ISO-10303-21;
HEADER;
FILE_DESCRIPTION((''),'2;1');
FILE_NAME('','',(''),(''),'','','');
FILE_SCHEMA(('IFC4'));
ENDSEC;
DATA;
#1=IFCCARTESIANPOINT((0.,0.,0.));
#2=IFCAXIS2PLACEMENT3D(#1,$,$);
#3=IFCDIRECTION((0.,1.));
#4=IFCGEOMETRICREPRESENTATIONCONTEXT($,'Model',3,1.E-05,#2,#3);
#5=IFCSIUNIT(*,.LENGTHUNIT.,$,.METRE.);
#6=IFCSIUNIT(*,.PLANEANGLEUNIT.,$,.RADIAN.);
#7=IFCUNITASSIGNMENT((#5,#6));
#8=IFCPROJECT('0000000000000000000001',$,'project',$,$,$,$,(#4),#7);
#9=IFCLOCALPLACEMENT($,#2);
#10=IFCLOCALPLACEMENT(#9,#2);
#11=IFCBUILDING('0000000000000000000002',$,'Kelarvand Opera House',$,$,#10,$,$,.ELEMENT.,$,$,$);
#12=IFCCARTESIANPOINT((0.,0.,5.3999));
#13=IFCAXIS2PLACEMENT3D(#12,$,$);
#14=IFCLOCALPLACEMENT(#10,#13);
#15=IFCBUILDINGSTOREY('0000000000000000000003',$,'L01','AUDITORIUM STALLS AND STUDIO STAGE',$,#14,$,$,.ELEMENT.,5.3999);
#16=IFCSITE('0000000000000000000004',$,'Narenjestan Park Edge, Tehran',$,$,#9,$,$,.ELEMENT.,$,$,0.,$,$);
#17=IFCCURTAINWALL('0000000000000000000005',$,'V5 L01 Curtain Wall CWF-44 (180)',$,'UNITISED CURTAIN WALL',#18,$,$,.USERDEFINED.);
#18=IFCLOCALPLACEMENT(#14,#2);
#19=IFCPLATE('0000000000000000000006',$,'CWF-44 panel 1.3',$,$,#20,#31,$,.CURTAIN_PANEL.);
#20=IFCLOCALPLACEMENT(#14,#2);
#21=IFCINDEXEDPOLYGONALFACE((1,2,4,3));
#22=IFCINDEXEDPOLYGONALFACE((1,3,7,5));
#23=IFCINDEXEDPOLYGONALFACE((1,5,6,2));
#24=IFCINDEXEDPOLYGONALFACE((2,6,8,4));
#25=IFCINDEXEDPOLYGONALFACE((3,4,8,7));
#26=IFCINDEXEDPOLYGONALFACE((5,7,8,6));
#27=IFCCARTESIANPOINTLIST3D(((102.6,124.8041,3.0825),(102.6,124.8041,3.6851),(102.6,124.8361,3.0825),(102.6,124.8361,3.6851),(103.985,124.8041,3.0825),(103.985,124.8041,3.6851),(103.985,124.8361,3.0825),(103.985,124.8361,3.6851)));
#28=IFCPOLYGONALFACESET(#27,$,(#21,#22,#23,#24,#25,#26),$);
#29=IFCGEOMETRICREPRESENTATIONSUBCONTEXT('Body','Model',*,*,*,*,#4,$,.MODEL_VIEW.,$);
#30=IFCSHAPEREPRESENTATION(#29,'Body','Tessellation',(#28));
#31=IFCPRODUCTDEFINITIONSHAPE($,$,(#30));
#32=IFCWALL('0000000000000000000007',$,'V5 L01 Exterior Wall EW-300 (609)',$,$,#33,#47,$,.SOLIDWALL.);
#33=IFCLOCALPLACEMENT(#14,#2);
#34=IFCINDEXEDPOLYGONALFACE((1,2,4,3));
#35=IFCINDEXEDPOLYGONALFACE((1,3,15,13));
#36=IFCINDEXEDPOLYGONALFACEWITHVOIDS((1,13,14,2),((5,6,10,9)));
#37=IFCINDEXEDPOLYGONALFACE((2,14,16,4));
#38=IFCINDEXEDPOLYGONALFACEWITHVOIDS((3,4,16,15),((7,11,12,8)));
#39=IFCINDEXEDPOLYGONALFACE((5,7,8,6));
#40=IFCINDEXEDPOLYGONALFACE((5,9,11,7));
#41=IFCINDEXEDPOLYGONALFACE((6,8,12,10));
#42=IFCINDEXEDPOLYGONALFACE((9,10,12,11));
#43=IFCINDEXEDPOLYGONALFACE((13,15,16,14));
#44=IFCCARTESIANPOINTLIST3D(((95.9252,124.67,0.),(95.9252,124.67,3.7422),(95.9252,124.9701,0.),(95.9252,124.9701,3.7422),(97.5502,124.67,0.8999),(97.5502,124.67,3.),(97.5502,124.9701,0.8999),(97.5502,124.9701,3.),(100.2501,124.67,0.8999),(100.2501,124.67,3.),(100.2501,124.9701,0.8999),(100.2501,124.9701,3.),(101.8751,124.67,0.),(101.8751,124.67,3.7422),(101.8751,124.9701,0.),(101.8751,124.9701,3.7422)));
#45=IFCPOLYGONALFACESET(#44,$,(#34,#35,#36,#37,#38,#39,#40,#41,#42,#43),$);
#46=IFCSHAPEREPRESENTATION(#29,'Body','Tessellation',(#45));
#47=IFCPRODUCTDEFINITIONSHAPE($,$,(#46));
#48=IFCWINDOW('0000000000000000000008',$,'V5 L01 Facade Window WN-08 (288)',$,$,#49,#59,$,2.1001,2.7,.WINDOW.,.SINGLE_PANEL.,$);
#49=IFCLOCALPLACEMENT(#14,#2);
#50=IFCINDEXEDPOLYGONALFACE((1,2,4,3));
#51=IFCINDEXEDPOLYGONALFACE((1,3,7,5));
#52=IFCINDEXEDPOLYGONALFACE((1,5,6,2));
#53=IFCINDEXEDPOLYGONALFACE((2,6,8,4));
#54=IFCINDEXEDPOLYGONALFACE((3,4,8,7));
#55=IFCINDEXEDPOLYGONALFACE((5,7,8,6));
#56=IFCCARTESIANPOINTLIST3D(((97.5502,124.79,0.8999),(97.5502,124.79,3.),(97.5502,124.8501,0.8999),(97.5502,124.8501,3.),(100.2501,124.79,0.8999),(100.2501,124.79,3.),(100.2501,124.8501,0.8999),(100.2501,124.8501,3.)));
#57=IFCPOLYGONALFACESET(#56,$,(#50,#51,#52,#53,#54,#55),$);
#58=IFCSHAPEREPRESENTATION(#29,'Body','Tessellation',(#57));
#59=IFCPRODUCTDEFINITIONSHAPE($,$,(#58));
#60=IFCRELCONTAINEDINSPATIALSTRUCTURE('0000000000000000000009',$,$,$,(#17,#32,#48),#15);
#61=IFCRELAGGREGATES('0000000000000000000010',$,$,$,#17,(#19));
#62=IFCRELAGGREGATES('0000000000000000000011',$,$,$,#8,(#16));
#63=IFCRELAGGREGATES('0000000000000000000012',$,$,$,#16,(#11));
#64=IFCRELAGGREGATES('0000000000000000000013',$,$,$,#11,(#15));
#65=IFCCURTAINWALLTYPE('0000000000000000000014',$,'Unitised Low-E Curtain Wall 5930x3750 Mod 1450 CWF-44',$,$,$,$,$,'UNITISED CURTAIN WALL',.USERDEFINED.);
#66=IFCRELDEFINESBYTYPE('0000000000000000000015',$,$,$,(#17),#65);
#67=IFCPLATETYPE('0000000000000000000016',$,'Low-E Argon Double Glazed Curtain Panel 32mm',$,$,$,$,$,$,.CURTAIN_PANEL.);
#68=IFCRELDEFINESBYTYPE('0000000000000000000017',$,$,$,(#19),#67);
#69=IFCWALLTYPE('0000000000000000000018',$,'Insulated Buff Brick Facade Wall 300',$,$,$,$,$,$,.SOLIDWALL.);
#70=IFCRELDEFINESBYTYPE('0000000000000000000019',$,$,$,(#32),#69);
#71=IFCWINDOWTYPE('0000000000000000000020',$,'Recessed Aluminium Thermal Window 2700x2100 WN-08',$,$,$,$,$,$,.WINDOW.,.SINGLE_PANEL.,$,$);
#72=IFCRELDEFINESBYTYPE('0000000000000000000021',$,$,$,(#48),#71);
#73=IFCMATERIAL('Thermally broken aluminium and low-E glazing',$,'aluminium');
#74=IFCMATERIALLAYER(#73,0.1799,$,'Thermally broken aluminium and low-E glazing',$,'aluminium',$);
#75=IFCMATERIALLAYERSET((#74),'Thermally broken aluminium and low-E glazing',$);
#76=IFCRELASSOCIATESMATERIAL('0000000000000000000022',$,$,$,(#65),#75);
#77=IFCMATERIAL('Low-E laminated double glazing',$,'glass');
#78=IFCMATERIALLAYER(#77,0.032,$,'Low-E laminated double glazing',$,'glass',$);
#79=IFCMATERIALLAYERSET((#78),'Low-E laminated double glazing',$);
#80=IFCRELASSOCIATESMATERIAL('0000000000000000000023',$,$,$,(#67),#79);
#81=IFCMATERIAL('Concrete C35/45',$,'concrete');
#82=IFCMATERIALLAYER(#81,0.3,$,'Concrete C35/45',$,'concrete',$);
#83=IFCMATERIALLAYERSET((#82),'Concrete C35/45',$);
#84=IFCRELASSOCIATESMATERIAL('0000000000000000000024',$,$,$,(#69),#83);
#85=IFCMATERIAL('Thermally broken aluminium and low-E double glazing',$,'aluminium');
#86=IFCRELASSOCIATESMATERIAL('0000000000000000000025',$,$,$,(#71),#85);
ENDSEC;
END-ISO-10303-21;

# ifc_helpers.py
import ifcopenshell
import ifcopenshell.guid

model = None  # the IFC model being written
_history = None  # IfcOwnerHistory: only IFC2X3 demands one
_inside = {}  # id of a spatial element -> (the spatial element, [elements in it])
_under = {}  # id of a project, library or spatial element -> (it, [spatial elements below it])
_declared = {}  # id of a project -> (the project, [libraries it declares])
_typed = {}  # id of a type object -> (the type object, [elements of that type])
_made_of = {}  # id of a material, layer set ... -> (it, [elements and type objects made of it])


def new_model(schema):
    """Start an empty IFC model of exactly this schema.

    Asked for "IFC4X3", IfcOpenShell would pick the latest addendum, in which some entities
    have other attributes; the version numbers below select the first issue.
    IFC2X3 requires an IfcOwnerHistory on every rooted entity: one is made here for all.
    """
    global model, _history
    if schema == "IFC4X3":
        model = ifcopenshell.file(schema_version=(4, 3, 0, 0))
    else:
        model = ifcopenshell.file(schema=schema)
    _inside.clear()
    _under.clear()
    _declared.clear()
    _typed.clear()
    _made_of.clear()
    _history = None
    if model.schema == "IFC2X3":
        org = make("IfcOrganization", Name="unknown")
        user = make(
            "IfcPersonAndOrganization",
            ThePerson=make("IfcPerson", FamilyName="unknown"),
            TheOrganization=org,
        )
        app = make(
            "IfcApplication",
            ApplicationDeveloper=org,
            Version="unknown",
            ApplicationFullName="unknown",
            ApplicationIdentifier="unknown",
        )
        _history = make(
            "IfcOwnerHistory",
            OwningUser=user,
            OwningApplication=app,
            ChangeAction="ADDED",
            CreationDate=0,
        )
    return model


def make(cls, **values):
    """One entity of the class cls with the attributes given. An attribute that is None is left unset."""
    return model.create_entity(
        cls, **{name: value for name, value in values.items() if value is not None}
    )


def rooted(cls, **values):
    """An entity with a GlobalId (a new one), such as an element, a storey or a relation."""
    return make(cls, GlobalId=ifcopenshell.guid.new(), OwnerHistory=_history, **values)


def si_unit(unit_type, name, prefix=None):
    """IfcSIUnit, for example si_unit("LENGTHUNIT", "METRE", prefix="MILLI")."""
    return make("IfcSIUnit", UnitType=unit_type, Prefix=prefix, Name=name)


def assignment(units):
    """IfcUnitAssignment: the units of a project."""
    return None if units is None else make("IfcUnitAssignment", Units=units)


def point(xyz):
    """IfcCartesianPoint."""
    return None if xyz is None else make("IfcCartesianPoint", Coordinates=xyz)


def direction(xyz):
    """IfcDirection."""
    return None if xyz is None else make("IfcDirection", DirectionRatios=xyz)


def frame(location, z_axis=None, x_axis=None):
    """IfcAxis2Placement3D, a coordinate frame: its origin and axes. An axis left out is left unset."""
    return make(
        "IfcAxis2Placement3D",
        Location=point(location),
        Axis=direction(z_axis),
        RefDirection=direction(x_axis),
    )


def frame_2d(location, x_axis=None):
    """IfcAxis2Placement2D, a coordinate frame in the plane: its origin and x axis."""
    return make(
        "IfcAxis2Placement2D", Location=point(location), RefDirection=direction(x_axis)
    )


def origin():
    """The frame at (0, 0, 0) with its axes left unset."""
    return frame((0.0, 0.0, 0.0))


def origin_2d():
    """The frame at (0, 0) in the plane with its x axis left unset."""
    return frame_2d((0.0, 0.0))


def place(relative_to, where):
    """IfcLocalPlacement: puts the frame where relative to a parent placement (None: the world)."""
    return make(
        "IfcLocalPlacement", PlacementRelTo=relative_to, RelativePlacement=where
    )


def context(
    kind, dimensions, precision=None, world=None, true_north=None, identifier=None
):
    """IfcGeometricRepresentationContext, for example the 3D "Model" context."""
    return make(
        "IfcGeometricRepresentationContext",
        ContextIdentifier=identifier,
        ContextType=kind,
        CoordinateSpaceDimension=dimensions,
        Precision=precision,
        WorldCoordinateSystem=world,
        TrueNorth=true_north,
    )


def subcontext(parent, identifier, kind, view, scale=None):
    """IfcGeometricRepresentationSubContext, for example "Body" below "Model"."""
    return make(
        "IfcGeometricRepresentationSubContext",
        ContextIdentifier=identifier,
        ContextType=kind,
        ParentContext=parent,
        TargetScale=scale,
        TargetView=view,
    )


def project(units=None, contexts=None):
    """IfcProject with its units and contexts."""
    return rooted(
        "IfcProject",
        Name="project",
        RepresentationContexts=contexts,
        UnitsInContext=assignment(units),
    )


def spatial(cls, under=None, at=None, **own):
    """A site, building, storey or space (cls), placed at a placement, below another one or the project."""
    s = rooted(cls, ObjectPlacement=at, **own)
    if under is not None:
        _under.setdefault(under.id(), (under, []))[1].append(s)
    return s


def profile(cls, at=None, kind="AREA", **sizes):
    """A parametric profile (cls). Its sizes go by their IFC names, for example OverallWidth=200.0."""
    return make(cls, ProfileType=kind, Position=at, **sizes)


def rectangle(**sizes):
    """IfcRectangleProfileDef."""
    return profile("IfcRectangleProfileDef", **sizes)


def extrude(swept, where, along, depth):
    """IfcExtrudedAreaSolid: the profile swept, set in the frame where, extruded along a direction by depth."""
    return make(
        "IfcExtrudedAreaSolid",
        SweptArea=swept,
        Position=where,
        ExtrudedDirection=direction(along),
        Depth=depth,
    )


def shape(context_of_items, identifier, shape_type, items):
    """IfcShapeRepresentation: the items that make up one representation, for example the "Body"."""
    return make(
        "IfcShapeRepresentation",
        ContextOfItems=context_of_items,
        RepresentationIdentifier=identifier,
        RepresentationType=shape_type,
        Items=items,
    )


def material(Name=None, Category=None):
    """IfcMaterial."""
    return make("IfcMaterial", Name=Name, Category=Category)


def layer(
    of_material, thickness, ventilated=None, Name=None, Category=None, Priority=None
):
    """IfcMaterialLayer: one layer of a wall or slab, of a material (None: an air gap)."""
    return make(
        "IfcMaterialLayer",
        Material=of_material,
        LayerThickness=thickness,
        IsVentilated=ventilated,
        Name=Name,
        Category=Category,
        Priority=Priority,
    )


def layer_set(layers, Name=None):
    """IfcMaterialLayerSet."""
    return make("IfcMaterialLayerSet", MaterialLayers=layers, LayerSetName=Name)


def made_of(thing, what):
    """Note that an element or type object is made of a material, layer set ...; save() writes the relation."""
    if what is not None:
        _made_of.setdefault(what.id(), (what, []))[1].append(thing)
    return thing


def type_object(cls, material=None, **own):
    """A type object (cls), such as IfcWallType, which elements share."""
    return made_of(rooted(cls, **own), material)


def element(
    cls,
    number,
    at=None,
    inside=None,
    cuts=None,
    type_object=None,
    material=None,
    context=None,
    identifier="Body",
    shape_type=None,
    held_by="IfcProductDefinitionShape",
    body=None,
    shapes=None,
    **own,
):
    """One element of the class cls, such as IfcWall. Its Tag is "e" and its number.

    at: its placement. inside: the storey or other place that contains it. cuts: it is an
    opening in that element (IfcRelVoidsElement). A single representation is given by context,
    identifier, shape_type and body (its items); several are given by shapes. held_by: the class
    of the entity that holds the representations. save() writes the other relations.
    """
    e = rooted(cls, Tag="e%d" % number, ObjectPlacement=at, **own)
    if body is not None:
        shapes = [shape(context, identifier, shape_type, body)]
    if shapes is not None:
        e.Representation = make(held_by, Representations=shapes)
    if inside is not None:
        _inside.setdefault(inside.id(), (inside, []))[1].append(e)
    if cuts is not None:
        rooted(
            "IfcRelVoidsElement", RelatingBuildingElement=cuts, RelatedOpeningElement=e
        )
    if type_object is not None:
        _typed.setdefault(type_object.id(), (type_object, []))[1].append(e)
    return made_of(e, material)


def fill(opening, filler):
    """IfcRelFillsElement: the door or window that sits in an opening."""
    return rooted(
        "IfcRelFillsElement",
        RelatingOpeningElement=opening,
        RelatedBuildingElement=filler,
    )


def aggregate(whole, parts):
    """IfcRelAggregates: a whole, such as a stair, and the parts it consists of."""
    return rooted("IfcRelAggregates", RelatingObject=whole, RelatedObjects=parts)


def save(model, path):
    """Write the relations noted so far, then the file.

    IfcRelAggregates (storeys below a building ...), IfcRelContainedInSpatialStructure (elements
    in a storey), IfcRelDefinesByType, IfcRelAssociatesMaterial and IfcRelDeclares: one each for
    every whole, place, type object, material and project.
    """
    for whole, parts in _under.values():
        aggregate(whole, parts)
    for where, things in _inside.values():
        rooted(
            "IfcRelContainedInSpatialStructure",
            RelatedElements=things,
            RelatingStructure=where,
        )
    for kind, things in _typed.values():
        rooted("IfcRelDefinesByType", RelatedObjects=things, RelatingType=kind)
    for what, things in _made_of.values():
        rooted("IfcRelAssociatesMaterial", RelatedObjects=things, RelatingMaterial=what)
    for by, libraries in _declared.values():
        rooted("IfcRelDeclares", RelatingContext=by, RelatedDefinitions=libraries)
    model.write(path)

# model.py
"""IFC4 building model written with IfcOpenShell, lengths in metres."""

from ifc_helpers import new_model, si_unit, direction, frame, frame_2d, origin, origin_2d, place, context, subcontext, project, spatial, rectangle, extrude, material, layer, layer_set, type_object, element, fill, aggregate, save


model = new_model("IFC4")

# Units and contexts
model_context = context("Model", 3, precision=1e-05, world=origin(), true_north=direction((0.0, 1.0)))
body_context = subcontext(model_context, "Body", "Model", "MODEL_VIEW")
ifc_project = project(units=[si_unit("LENGTHUNIT", "METRE"), si_unit("PLANEANGLEUNIT", "RADIAN")], contexts=[model_context])

# Site, building, storey
site_placement = place(None, origin())
site = spatial("IfcSite", under=ifc_project, at=site_placement, Name="Narenjestan Park Edge, Tehran", CompositionType="ELEMENT", RefElevation=0.0)
building_placement = place(site_placement, origin())
building = spatial("IfcBuilding", under=site, at=building_placement, Name="Kelarvand Opera House", CompositionType="ELEMENT")
storey_placement = place(building_placement, frame((0.0, 0.0, 5.3999)))
storey = spatial("IfcBuildingStorey", under=building, at=storey_placement, Name="L01", Description="AUDITORIUM STALLS AND STUDIO STAGE", CompositionType="ELEMENT", Elevation=5.3999)

# Curtain wall
ifc_material_1 = material(Name="Thermally broken aluminium and low-E glazing", Category="aluminium")
ifc_layer_1 = layer(ifc_material_1, 0.1799, Name="Thermally broken aluminium and low-E glazing", Category="aluminium")
ifc_layer_set_1 = layer_set([ifc_layer_1], Name="Thermally broken aluminium and low-E glazing")
curtain_wall_type = type_object("IfcCurtainWallType", Name="Unitised Low-E Curtain Wall 5930x3750 Mod 1450 CWF-44", ElementType="UNITISED CURTAIN WALL", PredefinedType="USERDEFINED", material=ifc_layer_set_1)
curtain_wall_placement = place(storey_placement, origin())
curtain_wall = element("IfcCurtainWall", 1, at=curtain_wall_placement, inside=storey, type_object=curtain_wall_type, Name="V5 L01 Curtain Wall CWF-44 (180)", ObjectType="UNITISED CURTAIN WALL", PredefinedType="USERDEFINED")

# Plate
ifc_material_2 = material(Name="Low-E laminated double glazing", Category="glass")
ifc_layer_2 = layer(ifc_material_2, 0.032, Name="Low-E laminated double glazing", Category="glass")
ifc_layer_set_2 = layer_set([ifc_layer_2], Name="Low-E laminated double glazing")
plate_type = type_object("IfcPlateType", Name="Low-E Argon Double Glazed Curtain Panel 32mm", PredefinedType="CURTAIN_PANEL", material=ifc_layer_set_2)
plate_1_placement = place(storey_placement, frame((103.2925, 124.8201, 3.0825), z_axis=(0.0, 0.0, 1.0), x_axis=(1.0, 0.0, 0.0)))
plate_1 = element("IfcPlate", 2, at=plate_1_placement, type_object=plate_type, Name="CWF-44 panel 1.3", PredefinedType="CURTAIN_PANEL", context=body_context, shape_type="SweptSolid", body=[
    extrude(rectangle(XDim=1.385, YDim=0.032, at=origin_2d()), origin(), (0.0, 0.0, 1.0), 0.6025),
])
aggregate(curtain_wall, [plate_1])

# Wall, opening, window
ifc_material_3 = material(Name="Concrete C35/45", Category="concrete")
ifc_layer_3 = layer(ifc_material_3, 0.3, Name="Concrete C35/45", Category="concrete")
ifc_layer_set_3 = layer_set([ifc_layer_3], Name="Concrete C35/45")
wall_type = type_object("IfcWallType", Name="Insulated Buff Brick Facade Wall 300", PredefinedType="SOLIDWALL", material=ifc_layer_set_3)
wall_placement = place(storey_placement, frame((95.925, 124.8201, 0.0), z_axis=(0.0, 0.0, 1.0), x_axis=(1.0, 0.0, 0.0)))
wall = element("IfcWall", 3, at=wall_placement, inside=storey, type_object=wall_type, Name="V5 L01 Exterior Wall EW-300 (609)", PredefinedType="SOLIDWALL", context=body_context, shape_type="SweptSolid", body=[
    extrude(rectangle(XDim=5.95, YDim=0.3, at=frame_2d((2.9751, 0.0))), origin(), (0.0, 0.0, 1.0), 3.7422),
])
opening_placement = place(wall_placement, frame((1.625, 0.0, 0.8999)))
opening = element("IfcOpeningElement", 4, at=opening_placement, cuts=wall, PredefinedType="OPENING", context=body_context, shape_type="SweptSolid", body=[
    extrude(rectangle(XDim=2.7, YDim=2.1001, at=frame_2d((1.3501, 1.05))), frame((0.0, 0.1602, 0.0), z_axis=(0.0, -1.0, 0.0), x_axis=(1.0, 0.0, 0.0)), (0.0, 0.0, 1.0), 0.3201),
])
ifc_material_4 = material(Name="Thermally broken aluminium and low-E double glazing", Category="aluminium")
window_type = type_object("IfcWindowType", Name="Recessed Aluminium Thermal Window 2700x2100 WN-08", PartitioningType="SINGLE_PANEL", PredefinedType="WINDOW", material=ifc_material_4)
window_placement = place(opening_placement, origin())
window = element("IfcWindow", 5, at=window_placement, inside=storey, type_object=window_type, Name="V5 L01 Facade Window WN-08 (288)", OverallHeight=2.1001, OverallWidth=2.7, PartitioningType="SINGLE_PANEL", PredefinedType="WINDOW", context=body_context, shape_type="SweptSolid", body=[
    extrude(rectangle(XDim=2.7, YDim=2.1001, at=frame_2d((1.3501, 1.05))), frame((0.0, 0.03, 0.0), z_axis=(0.0, -1.0, 0.0), x_axis=(1.0, 0.0, 0.0)), (0.0, 0.0, 1.0), 0.0601),
])
fill(opening, window)

save(model, "model.ifc")
